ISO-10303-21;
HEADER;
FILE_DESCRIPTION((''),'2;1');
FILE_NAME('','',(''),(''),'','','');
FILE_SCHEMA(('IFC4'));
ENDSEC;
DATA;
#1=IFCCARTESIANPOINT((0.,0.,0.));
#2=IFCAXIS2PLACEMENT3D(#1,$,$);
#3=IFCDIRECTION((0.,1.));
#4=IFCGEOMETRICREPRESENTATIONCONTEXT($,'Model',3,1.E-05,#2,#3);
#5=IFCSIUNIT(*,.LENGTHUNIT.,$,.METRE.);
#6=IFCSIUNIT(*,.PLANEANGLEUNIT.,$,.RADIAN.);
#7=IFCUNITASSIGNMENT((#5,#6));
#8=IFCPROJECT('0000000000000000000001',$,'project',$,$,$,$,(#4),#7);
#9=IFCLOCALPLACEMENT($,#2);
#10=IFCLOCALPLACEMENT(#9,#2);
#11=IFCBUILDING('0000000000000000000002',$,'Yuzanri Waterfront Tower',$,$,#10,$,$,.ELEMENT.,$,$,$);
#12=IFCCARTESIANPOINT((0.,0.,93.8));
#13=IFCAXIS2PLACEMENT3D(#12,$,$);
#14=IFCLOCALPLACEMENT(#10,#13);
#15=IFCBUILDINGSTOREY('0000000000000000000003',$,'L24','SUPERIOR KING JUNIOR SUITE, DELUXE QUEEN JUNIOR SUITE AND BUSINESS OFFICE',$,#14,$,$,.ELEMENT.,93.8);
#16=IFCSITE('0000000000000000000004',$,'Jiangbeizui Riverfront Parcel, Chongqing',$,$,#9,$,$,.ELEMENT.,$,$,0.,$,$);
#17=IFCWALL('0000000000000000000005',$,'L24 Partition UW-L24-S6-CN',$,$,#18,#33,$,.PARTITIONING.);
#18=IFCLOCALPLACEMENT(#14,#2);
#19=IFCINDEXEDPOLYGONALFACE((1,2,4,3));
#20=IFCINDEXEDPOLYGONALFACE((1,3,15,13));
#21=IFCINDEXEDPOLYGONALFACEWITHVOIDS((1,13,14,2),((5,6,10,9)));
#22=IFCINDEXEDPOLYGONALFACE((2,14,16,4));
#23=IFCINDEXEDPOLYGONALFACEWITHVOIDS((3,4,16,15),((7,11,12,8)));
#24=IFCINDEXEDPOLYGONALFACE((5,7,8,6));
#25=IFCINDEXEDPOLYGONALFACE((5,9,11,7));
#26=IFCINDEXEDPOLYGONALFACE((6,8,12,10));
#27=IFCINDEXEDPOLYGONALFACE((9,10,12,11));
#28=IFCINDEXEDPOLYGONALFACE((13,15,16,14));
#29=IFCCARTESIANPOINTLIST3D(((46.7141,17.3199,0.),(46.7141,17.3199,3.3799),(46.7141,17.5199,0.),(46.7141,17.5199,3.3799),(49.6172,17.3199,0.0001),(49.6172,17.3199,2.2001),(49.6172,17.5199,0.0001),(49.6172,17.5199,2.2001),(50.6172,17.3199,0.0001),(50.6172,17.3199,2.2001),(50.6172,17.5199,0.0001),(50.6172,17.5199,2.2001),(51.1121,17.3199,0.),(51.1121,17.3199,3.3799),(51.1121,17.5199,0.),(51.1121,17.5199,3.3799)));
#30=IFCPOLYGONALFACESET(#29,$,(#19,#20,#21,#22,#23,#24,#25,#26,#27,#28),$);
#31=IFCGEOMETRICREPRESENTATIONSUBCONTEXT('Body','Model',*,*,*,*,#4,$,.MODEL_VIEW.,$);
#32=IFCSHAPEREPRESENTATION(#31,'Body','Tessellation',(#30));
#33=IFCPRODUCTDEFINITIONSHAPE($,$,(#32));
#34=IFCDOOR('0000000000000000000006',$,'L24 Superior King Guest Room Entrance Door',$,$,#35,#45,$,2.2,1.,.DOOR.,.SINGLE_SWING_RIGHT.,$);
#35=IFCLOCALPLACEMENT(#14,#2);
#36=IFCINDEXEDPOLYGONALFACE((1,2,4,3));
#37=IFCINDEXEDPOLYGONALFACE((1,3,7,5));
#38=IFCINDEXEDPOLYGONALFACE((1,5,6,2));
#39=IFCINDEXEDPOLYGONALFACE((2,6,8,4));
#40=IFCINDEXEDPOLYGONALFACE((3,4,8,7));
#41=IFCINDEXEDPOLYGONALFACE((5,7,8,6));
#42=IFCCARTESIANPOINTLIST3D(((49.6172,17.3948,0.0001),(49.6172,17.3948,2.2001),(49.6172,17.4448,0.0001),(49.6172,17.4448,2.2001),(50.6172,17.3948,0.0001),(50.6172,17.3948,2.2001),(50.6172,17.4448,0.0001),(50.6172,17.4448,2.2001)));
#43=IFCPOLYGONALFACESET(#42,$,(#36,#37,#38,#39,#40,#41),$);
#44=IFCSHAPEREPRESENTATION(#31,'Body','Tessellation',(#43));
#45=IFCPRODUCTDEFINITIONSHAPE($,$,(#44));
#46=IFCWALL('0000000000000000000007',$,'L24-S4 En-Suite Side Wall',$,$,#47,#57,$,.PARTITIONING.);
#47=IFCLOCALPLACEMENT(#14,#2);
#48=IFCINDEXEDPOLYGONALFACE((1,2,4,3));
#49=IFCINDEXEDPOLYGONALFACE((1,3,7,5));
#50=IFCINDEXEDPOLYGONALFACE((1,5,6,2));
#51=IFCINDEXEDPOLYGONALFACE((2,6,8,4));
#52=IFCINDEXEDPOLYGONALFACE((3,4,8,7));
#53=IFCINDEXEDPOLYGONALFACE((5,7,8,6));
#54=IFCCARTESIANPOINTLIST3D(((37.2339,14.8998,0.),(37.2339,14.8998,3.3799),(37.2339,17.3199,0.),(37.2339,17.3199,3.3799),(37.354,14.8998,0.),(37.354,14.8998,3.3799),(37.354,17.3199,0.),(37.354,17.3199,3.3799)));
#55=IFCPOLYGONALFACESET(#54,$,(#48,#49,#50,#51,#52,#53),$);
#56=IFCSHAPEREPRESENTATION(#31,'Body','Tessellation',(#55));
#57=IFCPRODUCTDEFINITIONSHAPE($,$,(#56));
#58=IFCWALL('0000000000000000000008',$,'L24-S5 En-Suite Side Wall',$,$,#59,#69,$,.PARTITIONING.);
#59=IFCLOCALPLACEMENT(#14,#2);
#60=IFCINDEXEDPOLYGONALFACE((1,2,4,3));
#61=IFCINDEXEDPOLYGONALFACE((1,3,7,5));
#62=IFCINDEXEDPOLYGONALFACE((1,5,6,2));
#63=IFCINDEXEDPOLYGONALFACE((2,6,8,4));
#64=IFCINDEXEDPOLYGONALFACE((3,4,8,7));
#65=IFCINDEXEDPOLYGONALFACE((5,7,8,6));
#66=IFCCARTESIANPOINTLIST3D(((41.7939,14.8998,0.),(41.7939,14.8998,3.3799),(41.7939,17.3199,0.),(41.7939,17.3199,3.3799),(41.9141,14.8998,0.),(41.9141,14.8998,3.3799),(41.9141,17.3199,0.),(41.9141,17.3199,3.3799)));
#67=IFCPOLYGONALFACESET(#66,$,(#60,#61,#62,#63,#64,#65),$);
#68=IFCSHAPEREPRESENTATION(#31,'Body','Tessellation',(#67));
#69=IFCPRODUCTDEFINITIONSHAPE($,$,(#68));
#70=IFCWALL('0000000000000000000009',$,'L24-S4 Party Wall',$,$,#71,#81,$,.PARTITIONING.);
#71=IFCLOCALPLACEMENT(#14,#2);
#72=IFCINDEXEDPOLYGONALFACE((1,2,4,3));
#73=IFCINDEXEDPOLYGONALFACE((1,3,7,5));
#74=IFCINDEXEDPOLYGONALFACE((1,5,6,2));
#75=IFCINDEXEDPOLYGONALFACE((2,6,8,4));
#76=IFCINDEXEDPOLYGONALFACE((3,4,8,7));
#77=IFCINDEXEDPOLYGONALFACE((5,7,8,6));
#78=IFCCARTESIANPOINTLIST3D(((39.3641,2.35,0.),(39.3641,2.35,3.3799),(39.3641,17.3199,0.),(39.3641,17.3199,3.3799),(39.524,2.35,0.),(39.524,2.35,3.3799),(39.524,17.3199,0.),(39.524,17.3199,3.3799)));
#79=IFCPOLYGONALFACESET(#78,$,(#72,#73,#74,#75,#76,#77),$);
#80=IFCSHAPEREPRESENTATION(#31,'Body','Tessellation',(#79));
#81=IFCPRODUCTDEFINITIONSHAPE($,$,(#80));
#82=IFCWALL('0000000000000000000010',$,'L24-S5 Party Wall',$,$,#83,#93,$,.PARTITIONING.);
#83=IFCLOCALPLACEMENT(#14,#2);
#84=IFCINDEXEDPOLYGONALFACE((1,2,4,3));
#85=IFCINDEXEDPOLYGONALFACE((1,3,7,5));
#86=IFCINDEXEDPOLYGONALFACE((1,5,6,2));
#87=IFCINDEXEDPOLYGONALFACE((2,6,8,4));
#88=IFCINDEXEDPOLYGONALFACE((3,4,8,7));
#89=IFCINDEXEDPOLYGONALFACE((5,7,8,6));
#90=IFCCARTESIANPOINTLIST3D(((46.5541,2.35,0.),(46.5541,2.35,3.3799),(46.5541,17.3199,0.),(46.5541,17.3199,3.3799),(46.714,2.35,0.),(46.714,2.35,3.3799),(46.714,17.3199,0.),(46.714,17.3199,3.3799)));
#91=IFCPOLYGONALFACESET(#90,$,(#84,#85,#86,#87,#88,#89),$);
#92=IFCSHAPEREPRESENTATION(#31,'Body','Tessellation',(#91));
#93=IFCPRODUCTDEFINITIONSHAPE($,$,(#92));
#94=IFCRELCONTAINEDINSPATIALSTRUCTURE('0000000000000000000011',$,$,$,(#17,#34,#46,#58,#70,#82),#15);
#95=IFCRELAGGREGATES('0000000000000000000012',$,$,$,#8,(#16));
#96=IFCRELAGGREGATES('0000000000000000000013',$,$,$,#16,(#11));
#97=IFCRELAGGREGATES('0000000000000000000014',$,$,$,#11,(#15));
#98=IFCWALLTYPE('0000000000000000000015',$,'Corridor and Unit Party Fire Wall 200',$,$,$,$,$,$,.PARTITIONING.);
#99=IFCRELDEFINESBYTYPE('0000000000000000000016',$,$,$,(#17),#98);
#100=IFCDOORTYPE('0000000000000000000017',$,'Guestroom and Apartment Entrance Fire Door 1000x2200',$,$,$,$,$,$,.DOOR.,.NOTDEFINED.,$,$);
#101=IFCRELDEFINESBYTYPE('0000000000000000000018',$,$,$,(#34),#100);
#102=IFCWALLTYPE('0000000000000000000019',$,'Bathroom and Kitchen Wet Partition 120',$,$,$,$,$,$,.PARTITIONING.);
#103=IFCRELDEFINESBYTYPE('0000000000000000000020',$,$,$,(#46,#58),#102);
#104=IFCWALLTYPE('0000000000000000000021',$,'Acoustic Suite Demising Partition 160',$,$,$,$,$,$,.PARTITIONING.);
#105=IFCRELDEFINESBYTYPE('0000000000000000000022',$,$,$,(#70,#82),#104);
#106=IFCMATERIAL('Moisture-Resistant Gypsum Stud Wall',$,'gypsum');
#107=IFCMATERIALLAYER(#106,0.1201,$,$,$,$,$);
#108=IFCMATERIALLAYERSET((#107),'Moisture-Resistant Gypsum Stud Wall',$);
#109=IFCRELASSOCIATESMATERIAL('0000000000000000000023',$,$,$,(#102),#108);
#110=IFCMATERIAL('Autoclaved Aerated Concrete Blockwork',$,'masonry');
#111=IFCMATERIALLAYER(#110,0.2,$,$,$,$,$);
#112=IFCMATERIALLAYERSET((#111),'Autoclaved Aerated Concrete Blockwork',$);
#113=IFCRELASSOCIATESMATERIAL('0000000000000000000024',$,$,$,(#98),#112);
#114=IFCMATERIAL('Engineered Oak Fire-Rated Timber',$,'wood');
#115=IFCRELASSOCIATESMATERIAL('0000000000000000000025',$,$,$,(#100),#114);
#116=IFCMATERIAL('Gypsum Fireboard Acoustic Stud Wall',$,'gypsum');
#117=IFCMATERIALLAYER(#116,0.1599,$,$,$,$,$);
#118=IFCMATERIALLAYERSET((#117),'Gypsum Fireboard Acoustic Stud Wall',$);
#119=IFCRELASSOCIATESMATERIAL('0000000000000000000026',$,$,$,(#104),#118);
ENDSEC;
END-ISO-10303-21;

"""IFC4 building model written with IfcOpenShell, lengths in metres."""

from ifc_helpers import new_model, si_unit, direction, frame, frame_2d, origin, place, context, subcontext, project, spatial, rectangle, extrude, source, transform, mapped, material, layer, layer_set, type_object, element, fill, save


model = new_model("IFC4")

# Units and contexts
model_context = context("Model", 3, precision=1e-05, world=origin(), true_north=direction((0.0, 1.0)))
body_context = subcontext(model_context, "Body", "Model", "MODEL_VIEW")
ifc_project = project(units=[si_unit("LENGTHUNIT", "METRE"), si_unit("PLANEANGLEUNIT", "RADIAN")], contexts=[model_context])

# Site, building, storey
site_placement = place(None, origin())
site = spatial("IfcSite", under=ifc_project, at=site_placement, Name="Jiangbeizui Riverfront Parcel, Chongqing", CompositionType="ELEMENT", RefElevation=0.0)
building_placement = place(site_placement, origin())
building = spatial("IfcBuilding", under=site, at=building_placement, Name="Yuzanri Waterfront Tower", CompositionType="ELEMENT")
storey_placement = place(building_placement, frame((0.0, 0.0, 93.8)))
storey = spatial("IfcBuildingStorey", under=building, at=storey_placement, Name="L24", Description="SUPERIOR KING JUNIOR SUITE, DELUXE QUEEN JUNIOR SUITE AND BUSINESS OFFICE", CompositionType="ELEMENT", Elevation=93.8)

# Wall, opening, door
ifc_material_1 = material(Name="Moisture-Resistant Gypsum Stud Wall", Category="gypsum")
ifc_layer_1 = layer(ifc_material_1, 0.1201)
ifc_layer_set_1 = layer_set([ifc_layer_1], Name="Moisture-Resistant Gypsum Stud Wall")
wall_type_1 = type_object("IfcWallType", Name="Bathroom and Kitchen Wet Partition 120", PredefinedType="PARTITIONING", material=ifc_layer_set_1)
ifc_material_2 = material(Name="Autoclaved Aerated Concrete Blockwork", Category="masonry")
ifc_layer_2 = layer(ifc_material_2, 0.2)
ifc_layer_set_2 = layer_set([ifc_layer_2], Name="Autoclaved Aerated Concrete Blockwork")
wall_type_2 = type_object("IfcWallType", Name="Corridor and Unit Party Fire Wall 200", PredefinedType="PARTITIONING", material=ifc_layer_set_2)
ifc_material_3 = material(Name="Engineered Oak Fire-Rated Timber", Category="wood")
door_type_1 = type_object("IfcDoorType", Name="Guestroom and Apartment Entrance Fire Door 1000x2200", OperationType="NOTDEFINED", PredefinedType="DOOR", material=ifc_material_3)
shared_shape_1 = source(origin(), body_context, "Body", "SweptSolid", [
    extrude(rectangle(XDim=1.0, YDim=2.2, at=frame_2d((0.5, 1.1001))), frame((0.0, 0.0249, 0.0), z_axis=(0.0, -1.0, 0.0), x_axis=(1.0, 0.0, 0.0)), (0.0, 0.0, 1.0), 0.05),
])
wall_1_placement = place(storey_placement, frame((46.7141, 17.4199, 0.0), z_axis=(0.0, 0.0, 1.0), x_axis=(1.0, 0.0, 0.0)))
wall_1 = element("IfcWall", 1, at=wall_1_placement, inside=storey, type_object=wall_type_2, Name="L24 Partition UW-L24-S6-CN", PredefinedType="PARTITIONING", context=body_context, shape_type="SweptSolid", body=[
    extrude(rectangle(XDim=4.3979, YDim=0.2, at=frame_2d((2.199, 0.0))), origin(), (0.0, 0.0, 1.0), 3.3799),
])
opening_1_placement = place(wall_1_placement, frame((2.9031, 0.0, 0.0)))
opening_1 = element("IfcOpeningElement", 2, at=opening_1_placement, cuts=wall_1, PredefinedType="OPENING", context=body_context, shape_type="SweptSolid", body=[
    extrude(rectangle(XDim=1.0, YDim=2.2, at=frame_2d((0.5, 1.1001))), frame((0.0, 0.1147, 0.0), z_axis=(0.0, -1.0, 0.0), x_axis=(1.0, 0.0, 0.0)), (0.0, 0.0, 1.0), 0.2297),
])
door_1_placement = place(opening_1_placement, origin())
door_1 = element("IfcDoor", 3, at=door_1_placement, inside=storey, type_object=door_type_1, Name="L24 Superior King Guest Room Entrance Door", OperationType="SINGLE_SWING_RIGHT", OverallHeight=2.2, OverallWidth=1.0, PredefinedType="DOOR", context=body_context, shape_type="MappedRepresentation", body=[
    mapped(shared_shape_1, transform((0.0, 0.0, 0.0), scale=1.0)),
])
fill(opening_1, door_1)

# Walls
shared_shape_2 = source(origin(), body_context, "Body", "SweptSolid", [
    extrude(rectangle(XDim=2.4202, YDim=0.1201, at=frame_2d((1.21, 0.0))), origin(), (0.0, 0.0, 1.0), 3.3799),
])
for number, where, z_axis, x_axis, name in (
    (4, (37.2939, 14.8999, 0.0), (0.0, 0.0, 1.0), (0.0, 1.0, 0.0), "L24-S4 En-Suite Side Wall"),
    (5, (41.854, 14.8999, 0.0), (0.0, 0.0, 1.0), (0.0, 1.0, 0.0), "L24-S5 En-Suite Side Wall"),
):
    element("IfcWall", number, at=place(storey_placement, frame(where, z_axis=z_axis, x_axis=x_axis)), inside=storey, type_object=wall_type_1, Name=name, PredefinedType="PARTITIONING", context=body_context, shape_type="MappedRepresentation", body=[
        mapped(shared_shape_2, transform((0.0, 0.0, 0.0), scale=1.0)),
    ])
ifc_material_4 = material(Name="Gypsum Fireboard Acoustic Stud Wall", Category="gypsum")
ifc_layer_3 = layer(ifc_material_4, 0.1599)
ifc_layer_set_3 = layer_set([ifc_layer_3], Name="Gypsum Fireboard Acoustic Stud Wall")
wall_type_3 = type_object("IfcWallType", Name="Acoustic Suite Demising Partition 160", PredefinedType="PARTITIONING", material=ifc_layer_set_3)
shared_shape_3 = source(origin(), body_context, "Body", "SweptSolid", [
    extrude(rectangle(XDim=14.97, YDim=0.1599, at=frame_2d((7.4849, 0.0))), origin(), (0.0, 0.0, 1.0), 3.3799),
])
for number, where, z_axis, x_axis, name in (
    (6, (39.4441, 2.3501, 0.0), (0.0, 0.0, 1.0), (0.0, 1.0, 0.0), "L24-S4 Party Wall"),
    (7, (46.634, 2.3501, 0.0), (0.0, 0.0, 1.0), (0.0, 1.0, 0.0), "L24-S5 Party Wall"),
):
    element("IfcWall", number, at=place(storey_placement, frame(where, z_axis=z_axis, x_axis=x_axis)), inside=storey, type_object=wall_type_3, Name=name, PredefinedType="PARTITIONING", context=body_context, shape_type="MappedRepresentation", body=[
        mapped(shared_shape_3, transform((0.0, 0.0, 0.0), scale=1.0)),
    ])

save(model, "model.ifc")
